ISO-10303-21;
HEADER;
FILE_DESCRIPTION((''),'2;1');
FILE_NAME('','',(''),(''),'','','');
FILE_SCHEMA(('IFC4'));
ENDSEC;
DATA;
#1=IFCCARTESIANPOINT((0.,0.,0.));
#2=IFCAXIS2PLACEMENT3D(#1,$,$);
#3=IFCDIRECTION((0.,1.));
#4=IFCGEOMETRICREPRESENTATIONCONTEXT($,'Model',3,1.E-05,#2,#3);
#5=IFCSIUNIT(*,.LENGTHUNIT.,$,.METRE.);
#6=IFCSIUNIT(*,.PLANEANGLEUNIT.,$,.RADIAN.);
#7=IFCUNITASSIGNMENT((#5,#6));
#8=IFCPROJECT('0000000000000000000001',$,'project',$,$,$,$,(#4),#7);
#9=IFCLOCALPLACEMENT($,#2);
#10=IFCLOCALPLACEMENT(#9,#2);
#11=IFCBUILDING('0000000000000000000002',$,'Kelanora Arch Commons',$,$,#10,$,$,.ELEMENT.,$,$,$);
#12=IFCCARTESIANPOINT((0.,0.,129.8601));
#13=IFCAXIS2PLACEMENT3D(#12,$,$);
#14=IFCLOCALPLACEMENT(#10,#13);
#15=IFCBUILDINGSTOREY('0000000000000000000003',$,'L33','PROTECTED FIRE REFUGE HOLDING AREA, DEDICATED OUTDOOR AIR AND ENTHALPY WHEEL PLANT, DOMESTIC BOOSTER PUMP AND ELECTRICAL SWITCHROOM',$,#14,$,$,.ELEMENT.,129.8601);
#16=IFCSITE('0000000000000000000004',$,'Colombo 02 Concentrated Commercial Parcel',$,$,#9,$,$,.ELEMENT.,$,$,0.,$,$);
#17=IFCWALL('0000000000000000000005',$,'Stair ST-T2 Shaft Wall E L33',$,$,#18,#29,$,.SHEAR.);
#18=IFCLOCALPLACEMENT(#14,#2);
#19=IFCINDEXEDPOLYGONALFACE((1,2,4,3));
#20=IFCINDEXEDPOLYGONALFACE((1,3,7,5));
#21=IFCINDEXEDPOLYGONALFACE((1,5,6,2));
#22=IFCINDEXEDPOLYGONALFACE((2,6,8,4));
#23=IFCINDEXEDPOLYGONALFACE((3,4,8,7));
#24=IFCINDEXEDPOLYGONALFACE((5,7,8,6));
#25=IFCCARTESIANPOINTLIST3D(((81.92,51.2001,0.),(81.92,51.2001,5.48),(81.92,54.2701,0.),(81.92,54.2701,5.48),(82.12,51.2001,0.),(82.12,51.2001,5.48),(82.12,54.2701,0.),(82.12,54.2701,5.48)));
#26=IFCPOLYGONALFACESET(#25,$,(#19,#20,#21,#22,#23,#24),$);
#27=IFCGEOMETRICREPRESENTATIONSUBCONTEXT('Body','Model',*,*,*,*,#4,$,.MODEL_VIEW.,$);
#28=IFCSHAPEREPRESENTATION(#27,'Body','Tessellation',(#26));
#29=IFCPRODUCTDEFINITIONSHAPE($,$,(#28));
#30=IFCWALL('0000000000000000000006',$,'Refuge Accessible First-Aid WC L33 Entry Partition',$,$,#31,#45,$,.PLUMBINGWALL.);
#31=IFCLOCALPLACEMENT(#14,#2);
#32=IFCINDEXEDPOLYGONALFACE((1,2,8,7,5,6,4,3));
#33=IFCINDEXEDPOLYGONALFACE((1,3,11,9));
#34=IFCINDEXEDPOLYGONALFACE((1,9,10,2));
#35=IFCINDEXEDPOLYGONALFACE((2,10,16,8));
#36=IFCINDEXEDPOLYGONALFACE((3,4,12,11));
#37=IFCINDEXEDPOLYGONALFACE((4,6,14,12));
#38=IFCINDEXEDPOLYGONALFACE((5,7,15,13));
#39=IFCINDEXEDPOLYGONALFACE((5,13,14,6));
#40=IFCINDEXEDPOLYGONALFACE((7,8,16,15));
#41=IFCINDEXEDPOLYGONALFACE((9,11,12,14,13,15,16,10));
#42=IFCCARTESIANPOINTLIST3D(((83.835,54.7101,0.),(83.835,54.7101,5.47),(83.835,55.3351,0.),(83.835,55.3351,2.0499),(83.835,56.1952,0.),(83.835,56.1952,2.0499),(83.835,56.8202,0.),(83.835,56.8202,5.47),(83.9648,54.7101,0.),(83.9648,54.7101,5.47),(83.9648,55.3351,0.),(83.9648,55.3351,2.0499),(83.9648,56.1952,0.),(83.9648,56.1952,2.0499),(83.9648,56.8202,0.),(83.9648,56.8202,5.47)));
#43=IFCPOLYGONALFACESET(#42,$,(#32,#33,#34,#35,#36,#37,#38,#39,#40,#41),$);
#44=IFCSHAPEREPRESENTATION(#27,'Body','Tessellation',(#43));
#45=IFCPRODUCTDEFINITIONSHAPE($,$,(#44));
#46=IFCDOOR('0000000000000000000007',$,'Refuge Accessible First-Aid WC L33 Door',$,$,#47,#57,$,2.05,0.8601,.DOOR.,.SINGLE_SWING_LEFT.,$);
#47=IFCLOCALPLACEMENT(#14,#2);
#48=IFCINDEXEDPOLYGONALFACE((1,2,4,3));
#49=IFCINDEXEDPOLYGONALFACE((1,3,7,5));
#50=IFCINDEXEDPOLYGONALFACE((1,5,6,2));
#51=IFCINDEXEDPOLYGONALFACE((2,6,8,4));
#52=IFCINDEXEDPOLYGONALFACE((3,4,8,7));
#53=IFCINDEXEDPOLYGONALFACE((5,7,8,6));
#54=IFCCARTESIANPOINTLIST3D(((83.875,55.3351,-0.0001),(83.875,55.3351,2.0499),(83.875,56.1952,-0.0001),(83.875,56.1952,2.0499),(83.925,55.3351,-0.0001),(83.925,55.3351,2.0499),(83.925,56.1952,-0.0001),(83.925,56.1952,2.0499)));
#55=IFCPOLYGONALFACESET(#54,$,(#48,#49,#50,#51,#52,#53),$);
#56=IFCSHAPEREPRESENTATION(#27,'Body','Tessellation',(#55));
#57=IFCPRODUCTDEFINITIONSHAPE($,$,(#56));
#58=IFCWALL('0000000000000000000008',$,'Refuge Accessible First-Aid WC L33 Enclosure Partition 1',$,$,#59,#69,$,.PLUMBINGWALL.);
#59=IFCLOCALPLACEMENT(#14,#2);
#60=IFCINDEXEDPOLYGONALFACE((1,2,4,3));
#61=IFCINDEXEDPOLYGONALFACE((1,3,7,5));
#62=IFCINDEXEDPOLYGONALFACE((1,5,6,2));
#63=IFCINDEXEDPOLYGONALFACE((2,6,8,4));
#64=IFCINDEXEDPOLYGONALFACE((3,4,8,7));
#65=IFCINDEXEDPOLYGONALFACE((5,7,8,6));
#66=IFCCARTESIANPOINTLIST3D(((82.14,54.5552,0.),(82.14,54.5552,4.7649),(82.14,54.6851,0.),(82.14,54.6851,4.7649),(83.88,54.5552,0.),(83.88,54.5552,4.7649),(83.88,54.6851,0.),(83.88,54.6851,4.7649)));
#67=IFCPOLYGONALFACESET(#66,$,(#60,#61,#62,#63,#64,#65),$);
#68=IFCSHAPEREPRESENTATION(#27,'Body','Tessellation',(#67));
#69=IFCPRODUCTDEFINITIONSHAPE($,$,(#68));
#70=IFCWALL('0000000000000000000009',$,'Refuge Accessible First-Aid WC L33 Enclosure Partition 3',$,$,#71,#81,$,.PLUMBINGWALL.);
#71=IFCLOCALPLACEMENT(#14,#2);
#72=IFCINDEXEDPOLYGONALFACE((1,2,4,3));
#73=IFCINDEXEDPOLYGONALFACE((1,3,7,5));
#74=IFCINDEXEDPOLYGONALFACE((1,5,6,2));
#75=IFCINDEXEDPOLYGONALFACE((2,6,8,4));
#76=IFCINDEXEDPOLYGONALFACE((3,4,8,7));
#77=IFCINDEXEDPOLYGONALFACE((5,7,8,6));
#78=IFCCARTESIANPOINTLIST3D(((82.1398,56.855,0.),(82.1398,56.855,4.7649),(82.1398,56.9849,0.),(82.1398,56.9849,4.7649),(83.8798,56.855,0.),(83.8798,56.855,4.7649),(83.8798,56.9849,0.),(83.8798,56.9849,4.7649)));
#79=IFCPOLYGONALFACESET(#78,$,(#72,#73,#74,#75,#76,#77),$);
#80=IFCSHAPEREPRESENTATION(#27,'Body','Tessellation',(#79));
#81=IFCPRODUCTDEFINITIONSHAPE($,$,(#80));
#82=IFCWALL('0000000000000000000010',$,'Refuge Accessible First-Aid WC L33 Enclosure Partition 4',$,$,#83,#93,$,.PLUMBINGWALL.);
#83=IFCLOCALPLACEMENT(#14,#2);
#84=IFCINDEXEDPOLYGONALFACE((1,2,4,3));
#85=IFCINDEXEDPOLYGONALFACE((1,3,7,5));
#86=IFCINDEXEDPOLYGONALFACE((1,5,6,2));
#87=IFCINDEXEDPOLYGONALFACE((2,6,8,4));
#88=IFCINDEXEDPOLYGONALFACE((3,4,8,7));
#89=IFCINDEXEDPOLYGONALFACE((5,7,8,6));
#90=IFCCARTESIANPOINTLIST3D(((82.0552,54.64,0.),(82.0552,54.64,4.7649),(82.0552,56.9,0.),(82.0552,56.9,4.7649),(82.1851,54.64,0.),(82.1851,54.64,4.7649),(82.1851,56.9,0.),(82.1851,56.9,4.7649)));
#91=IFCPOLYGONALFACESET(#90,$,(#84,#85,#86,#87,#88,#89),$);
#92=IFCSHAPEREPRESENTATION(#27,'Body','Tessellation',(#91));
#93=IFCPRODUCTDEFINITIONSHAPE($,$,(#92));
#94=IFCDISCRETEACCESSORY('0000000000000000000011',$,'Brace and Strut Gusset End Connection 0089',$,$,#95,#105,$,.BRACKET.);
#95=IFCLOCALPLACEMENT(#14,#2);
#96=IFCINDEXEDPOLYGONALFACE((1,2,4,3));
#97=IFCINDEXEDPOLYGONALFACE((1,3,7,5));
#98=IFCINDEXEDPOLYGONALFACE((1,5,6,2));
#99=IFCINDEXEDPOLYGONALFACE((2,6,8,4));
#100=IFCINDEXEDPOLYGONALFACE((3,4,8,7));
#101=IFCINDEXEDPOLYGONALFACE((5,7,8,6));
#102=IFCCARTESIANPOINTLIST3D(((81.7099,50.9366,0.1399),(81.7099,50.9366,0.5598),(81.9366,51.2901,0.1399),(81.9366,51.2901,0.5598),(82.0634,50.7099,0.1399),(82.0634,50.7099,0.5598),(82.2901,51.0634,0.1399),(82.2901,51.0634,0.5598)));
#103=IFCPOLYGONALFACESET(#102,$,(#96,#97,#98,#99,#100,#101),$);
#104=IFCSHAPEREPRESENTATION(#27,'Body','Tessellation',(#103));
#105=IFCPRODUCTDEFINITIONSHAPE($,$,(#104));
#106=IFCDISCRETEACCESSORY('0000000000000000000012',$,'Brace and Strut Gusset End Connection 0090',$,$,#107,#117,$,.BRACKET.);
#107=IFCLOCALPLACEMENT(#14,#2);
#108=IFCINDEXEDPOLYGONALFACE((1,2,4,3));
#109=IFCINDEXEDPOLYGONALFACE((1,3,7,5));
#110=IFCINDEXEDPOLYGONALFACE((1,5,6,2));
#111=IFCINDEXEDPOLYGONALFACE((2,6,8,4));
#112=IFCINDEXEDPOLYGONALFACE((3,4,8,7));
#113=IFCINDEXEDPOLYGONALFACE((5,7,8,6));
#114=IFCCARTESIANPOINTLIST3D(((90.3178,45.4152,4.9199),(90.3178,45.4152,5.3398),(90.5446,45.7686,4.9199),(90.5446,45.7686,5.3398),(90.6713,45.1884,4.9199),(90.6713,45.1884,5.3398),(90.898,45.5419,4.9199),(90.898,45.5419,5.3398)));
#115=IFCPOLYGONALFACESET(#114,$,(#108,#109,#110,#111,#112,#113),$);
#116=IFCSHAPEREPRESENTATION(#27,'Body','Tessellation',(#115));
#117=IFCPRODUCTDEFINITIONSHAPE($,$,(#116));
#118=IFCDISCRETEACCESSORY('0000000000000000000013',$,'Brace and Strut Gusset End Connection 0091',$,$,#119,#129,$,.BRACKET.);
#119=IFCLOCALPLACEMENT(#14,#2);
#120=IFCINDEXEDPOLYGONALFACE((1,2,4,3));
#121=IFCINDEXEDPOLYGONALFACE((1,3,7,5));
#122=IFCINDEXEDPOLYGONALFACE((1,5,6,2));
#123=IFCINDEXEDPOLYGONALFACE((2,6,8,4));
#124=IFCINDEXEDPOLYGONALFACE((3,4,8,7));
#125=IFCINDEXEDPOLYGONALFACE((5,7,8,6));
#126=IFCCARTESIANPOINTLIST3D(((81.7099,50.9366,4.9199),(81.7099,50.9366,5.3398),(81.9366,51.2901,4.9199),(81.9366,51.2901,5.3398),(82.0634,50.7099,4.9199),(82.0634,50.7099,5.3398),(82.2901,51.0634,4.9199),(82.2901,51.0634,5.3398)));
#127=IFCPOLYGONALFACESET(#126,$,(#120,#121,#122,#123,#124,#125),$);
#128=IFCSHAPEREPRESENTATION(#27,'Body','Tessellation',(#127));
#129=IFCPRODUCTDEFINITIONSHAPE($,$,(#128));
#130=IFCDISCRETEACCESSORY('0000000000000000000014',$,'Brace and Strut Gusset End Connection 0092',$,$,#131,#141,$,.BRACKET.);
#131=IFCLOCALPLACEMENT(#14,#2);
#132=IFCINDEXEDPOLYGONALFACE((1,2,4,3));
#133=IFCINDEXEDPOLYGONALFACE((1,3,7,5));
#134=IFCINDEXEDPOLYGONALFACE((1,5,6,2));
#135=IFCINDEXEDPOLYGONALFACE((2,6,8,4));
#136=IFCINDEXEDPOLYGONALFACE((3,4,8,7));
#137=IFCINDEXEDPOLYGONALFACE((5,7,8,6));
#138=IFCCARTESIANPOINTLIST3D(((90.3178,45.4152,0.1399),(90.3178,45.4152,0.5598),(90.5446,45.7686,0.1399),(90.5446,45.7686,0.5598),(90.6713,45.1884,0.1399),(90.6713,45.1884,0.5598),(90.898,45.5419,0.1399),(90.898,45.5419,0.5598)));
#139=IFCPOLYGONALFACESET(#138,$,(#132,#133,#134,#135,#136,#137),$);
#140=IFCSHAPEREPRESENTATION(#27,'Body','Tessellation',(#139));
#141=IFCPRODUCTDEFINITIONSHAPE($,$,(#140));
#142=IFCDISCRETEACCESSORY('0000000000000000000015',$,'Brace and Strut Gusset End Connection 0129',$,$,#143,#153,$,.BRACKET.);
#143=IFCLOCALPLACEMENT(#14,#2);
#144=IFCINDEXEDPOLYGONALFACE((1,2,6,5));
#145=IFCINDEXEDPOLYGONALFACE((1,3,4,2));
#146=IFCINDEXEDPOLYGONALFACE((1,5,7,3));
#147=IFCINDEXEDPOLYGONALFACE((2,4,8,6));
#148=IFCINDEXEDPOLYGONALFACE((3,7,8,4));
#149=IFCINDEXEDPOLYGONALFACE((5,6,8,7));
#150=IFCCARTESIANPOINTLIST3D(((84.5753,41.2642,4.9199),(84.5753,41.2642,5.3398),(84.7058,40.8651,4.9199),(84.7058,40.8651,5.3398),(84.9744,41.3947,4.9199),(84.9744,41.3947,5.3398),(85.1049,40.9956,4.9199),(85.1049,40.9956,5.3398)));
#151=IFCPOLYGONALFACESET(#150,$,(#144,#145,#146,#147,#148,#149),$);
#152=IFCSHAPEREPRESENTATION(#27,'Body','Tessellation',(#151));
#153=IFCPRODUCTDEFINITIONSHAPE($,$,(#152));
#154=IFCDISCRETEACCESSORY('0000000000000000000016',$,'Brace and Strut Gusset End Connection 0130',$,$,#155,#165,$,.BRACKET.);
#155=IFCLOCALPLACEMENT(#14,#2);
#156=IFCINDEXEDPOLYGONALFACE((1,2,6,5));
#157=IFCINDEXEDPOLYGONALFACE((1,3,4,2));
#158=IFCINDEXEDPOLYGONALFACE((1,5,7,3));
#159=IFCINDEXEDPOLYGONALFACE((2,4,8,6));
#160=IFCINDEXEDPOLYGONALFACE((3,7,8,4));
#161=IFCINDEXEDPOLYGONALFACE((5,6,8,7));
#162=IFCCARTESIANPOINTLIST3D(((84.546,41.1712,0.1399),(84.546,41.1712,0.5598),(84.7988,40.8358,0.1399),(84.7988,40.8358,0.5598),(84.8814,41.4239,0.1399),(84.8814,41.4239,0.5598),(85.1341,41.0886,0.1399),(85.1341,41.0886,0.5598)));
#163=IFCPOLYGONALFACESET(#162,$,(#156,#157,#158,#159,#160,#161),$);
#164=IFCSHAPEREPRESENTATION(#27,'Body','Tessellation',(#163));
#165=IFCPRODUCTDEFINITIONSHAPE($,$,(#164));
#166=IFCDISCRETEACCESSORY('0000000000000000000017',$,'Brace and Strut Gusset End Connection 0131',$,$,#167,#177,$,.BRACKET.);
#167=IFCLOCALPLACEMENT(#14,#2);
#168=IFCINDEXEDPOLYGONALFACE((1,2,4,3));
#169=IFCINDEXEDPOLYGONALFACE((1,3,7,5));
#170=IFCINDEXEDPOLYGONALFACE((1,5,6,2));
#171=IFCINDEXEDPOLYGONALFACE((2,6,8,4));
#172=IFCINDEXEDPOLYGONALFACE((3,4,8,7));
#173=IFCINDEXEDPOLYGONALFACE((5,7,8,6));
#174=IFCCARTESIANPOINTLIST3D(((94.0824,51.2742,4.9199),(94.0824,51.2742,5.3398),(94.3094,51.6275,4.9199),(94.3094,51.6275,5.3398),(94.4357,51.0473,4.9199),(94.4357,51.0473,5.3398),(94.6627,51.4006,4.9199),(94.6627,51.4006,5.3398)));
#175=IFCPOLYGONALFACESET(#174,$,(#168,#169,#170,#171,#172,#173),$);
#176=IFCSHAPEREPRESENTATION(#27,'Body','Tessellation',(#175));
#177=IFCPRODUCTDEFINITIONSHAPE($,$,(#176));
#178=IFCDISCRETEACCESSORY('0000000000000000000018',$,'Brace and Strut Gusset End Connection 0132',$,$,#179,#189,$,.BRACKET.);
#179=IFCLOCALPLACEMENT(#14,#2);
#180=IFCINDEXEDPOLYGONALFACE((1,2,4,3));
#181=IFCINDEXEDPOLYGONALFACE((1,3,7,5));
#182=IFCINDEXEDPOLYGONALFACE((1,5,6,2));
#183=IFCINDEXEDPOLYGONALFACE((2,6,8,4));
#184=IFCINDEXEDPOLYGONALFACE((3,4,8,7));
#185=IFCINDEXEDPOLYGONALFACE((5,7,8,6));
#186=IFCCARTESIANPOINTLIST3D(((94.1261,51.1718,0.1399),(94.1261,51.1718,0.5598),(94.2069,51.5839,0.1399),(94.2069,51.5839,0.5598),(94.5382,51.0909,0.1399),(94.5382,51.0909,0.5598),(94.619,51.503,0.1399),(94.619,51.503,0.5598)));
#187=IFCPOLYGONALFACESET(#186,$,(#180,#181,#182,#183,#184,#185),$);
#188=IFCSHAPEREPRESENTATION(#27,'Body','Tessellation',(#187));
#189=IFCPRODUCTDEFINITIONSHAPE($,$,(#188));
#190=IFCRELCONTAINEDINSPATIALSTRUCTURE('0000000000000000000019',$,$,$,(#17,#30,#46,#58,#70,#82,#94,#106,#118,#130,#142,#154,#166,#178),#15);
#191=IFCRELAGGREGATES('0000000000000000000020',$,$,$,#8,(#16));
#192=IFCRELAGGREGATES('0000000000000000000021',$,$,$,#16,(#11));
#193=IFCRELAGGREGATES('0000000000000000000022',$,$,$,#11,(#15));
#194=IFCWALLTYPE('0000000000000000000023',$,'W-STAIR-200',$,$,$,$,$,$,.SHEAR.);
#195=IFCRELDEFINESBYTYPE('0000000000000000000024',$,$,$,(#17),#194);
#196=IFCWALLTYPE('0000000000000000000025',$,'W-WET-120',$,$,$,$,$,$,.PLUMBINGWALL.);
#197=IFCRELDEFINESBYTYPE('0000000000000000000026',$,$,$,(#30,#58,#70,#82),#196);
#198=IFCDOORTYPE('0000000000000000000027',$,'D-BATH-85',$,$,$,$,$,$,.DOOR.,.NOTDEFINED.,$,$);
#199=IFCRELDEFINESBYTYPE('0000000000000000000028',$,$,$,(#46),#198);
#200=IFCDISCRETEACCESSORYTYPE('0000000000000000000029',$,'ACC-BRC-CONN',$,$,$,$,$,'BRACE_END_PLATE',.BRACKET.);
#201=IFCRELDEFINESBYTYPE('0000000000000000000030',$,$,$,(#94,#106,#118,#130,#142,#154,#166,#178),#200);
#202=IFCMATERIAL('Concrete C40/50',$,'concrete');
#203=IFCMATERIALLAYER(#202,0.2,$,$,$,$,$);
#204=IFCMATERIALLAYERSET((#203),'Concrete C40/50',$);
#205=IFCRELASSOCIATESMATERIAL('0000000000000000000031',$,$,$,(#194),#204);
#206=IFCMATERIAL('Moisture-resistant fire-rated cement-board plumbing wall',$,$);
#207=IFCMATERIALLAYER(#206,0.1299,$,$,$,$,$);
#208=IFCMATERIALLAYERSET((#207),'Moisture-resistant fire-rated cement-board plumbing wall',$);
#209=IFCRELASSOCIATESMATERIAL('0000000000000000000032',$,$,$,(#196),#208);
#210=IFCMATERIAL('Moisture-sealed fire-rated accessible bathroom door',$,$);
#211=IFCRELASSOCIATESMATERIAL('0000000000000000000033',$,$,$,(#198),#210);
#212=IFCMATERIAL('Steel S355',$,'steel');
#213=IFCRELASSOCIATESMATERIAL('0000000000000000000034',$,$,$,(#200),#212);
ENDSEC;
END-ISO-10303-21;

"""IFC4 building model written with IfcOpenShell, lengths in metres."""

from ifc_helpers import new_model, si_unit, direction, frame, frame_2d, origin, origin_2d, place, context, subcontext, project, spatial, rectangle, extrude, source, transform, mapped, material, layer, layer_set, type_object, element, fill, save


model = new_model("IFC4")

# Units and contexts
model_context = context("Model", 3, precision=1e-05, world=origin(), true_north=direction((0.0, 1.0)))
body_context = subcontext(model_context, "Body", "Model", "MODEL_VIEW")
ifc_project = project(units=[si_unit("LENGTHUNIT", "METRE"), si_unit("PLANEANGLEUNIT", "RADIAN")], contexts=[model_context])

# Site, building, storey
site_placement = place(None, origin())
site = spatial("IfcSite", under=ifc_project, at=site_placement, Name="Colombo 02 Concentrated Commercial Parcel", CompositionType="ELEMENT", RefElevation=0.0)
building_placement = place(site_placement, origin())
building = spatial("IfcBuilding", under=site, at=building_placement, Name="Kelanora Arch Commons", CompositionType="ELEMENT")
storey_placement = place(building_placement, frame((0.0, 0.0, 129.8601)))
storey = spatial("IfcBuildingStorey", under=building, at=storey_placement, Name="L33", Description="PROTECTED FIRE REFUGE HOLDING AREA, DEDICATED OUTDOOR AIR AND ENTHALPY WHEEL PLANT, DOMESTIC BOOSTER PUMP AND ELECTRICAL SWITCHROOM", CompositionType="ELEMENT", Elevation=129.8601)

# Shared definitions
ifc_material_1 = material(Name="Steel S355", Category="steel")

# Wall
ifc_material_2 = material(Name="Concrete C40/50", Category="concrete")
ifc_layer_1 = layer(ifc_material_2, 0.2)
ifc_layer_set_1 = layer_set([ifc_layer_1], Name="Concrete C40/50")
wall_type_1 = type_object("IfcWallType", Name="W-STAIR-200", PredefinedType="SHEAR", material=ifc_layer_set_1)
wall_1_placement = place(storey_placement, frame((82.02, 51.2, 0.0), z_axis=(0.0, 0.0, 1.0), x_axis=(0.0, 1.0, 0.0)))
element("IfcWall", 1, at=wall_1_placement, inside=storey, type_object=wall_type_1, Name="Stair ST-T2 Shaft Wall E L33", PredefinedType="SHEAR", context=body_context, shape_type="SweptSolid", body=[
    extrude(rectangle(XDim=3.0701, YDim=0.2, at=frame_2d((1.5352, 0.0))), origin(), (0.0, 0.0, 1.0), 5.48),
])

# Wall, opening, door
ifc_material_3 = material(Name="Moisture-resistant fire-rated cement-board plumbing wall")
ifc_layer_2 = layer(ifc_material_3, 0.1299)
ifc_layer_set_2 = layer_set([ifc_layer_2], Name="Moisture-resistant fire-rated cement-board plumbing wall")
wall_type_2 = type_object("IfcWallType", Name="W-WET-120", PredefinedType="PLUMBINGWALL", material=ifc_layer_set_2)
wall_2_placement = place(storey_placement, frame((83.8999, 54.71, 0.0), z_axis=(0.0, 0.0, 1.0), x_axis=(0.0, 1.0, 0.0)))
wall_2 = element("IfcWall", 2, at=wall_2_placement, inside=storey, type_object=wall_type_2, Name="Refuge Accessible First-Aid WC L33 Entry Partition", PredefinedType="PLUMBINGWALL", context=body_context, shape_type="SweptSolid", body=[
    extrude(rectangle(XDim=2.1101, YDim=0.1299, at=frame_2d((1.0552, 0.0))), origin(), (0.0, 0.0, 1.0), 5.47),
])
opening_placement = place(wall_2_placement, frame((0.625, 0.0, 0.0)))
opening = element("IfcOpeningElement", 3, at=opening_placement, cuts=wall_2, PredefinedType="OPENING", context=body_context, shape_type="SweptSolid", body=[
    extrude(rectangle(XDim=0.8601, YDim=2.05, at=frame_2d((0.4302, 1.0249))), frame((0.0, 0.075, 0.0), z_axis=(0.0, -1.0, 0.0), x_axis=(1.0, 0.0, 0.0)), (0.0, 0.0, 1.0), 0.1499),
])
ifc_material_4 = material(Name="Moisture-sealed fire-rated accessible bathroom door")
door_type = type_object("IfcDoorType", Name="D-BATH-85", OperationType="NOTDEFINED", PredefinedType="DOOR", material=ifc_material_4)
door_placement = place(opening_placement, origin())
door = element("IfcDoor", 4, at=door_placement, inside=storey, type_object=door_type, Name="Refuge Accessible First-Aid WC L33 Door", OperationType="SINGLE_SWING_LEFT", OverallHeight=2.05, OverallWidth=0.8601, PredefinedType="DOOR", context=body_context, shape_type="SweptSolid", body=[
    extrude(rectangle(XDim=0.8601, YDim=2.05, at=frame_2d((0.4302, 1.0249))), frame((0.0, 0.0249, 0.0), z_axis=(0.0, -1.0, 0.0), x_axis=(1.0, 0.0, 0.0)), (0.0, 0.0, 1.0), 0.05),
])
fill(opening, door)

# Walls
for number, where, z_axis, x_axis, name in (
    (5, (82.1399, 54.6201, 0.0), (0.0, 0.0, 1.0), (1.0, 0.0, 0.0), "Refuge Accessible First-Aid WC L33 Enclosure Partition 1"),
    (6, (83.8799, 56.9199, 0.0), (0.0, 0.0, 1.0), (-1.0, 0.0, 0.0), "Refuge Accessible First-Aid WC L33 Enclosure Partition 3"),
):
    element("IfcWall", number, at=place(storey_placement, frame(where, z_axis=z_axis, x_axis=x_axis)), inside=storey, type_object=wall_type_2, Name=name, PredefinedType="PLUMBINGWALL", context=body_context, shape_type="SweptSolid", body=[
        extrude(rectangle(XDim=1.74, YDim=0.1299, at=frame_2d((0.8701, 0.0))), origin(), (0.0, 0.0, 1.0), 4.7649),
    ])
wall_3_placement = place(storey_placement, frame((82.1201, 56.8999, 0.0), z_axis=(0.0, 0.0, 1.0), x_axis=(0.0, -1.0, 0.0)))
element("IfcWall", 7, at=wall_3_placement, inside=storey, type_object=wall_type_2, Name="Refuge Accessible First-Aid WC L33 Enclosure Partition 4", PredefinedType="PLUMBINGWALL", context=body_context, shape_type="SweptSolid", body=[
    extrude(rectangle(XDim=2.26, YDim=0.1299, at=frame_2d((1.1299, 0.0))), origin(), (0.0, 0.0, 1.0), 4.7649),
])

# Discrete accessories
discrete_accessory_type = type_object("IfcDiscreteAccessoryType", Name="ACC-BRC-CONN", ElementType="BRACE_END_PLATE", PredefinedType="BRACKET", material=ifc_material_1)
shared_shape = source(origin(), body_context, "Body", "SweptSolid", [
    extrude(rectangle(XDim=0.4199, YDim=0.4199, at=origin_2d()), origin(), (0.0, 0.0, 1.0), 0.4199),
])
for number, where, z_axis, x_axis, name in (
    (8, (82.0, 51.0, 0.1399), (0.0, 0.0, 1.0), (0.841699, -0.539947, 0.0), "Brace and Strut Gusset End Connection 0089"),
    (9, (90.6079, 45.4785, 4.9199), (0.0, 0.0, 1.0), (0.841699, -0.539947, 0.0), "Brace and Strut Gusset End Connection 0090"),
    (10, (82.0, 51.0, 4.9199), (0.0, 0.0, 1.0), (0.841699, -0.539947, 0.0), "Brace and Strut Gusset End Connection 0091"),
    (11, (90.6079, 45.4785, 0.1399), (0.0, 0.0, 1.0), (0.841699, -0.539947, 0.0), "Brace and Strut Gusset End Connection 0092"),
    (12, (84.8401, 41.1299, 4.9199), (0.0, 0.0, 1.0), (0.950461, 0.310842, 0.0), "Brace and Strut Gusset End Connection 0129"),
    (13, (84.8401, 41.1299, 0.1399), (0.0, 0.0, 1.0), (0.79853, 0.601954, 0.0), "Brace and Strut Gusset End Connection 0130"),
    (14, (94.3726, 51.3374, 4.9199), (0.0, 0.0, 1.0), (0.540534, 0.841322, 0.0), "Brace and Strut Gusset End Connection 0131"),
    (15, (94.3726, 51.3374, 0.1399), (0.0, 0.0, 1.0), (0.192522, 0.981293, 0.0), "Brace and Strut Gusset End Connection 0132"),
):
    element("IfcDiscreteAccessory", number, at=place(storey_placement, frame(where, z_axis=z_axis, x_axis=x_axis)), inside=storey, type_object=discrete_accessory_type, Name=name, PredefinedType="BRACKET", context=body_context, shape_type="MappedRepresentation", body=[
        mapped(shared_shape, transform((0.0, 0.0, 0.0), scale=1.0)),
    ])

save(model, "model.ifc")
